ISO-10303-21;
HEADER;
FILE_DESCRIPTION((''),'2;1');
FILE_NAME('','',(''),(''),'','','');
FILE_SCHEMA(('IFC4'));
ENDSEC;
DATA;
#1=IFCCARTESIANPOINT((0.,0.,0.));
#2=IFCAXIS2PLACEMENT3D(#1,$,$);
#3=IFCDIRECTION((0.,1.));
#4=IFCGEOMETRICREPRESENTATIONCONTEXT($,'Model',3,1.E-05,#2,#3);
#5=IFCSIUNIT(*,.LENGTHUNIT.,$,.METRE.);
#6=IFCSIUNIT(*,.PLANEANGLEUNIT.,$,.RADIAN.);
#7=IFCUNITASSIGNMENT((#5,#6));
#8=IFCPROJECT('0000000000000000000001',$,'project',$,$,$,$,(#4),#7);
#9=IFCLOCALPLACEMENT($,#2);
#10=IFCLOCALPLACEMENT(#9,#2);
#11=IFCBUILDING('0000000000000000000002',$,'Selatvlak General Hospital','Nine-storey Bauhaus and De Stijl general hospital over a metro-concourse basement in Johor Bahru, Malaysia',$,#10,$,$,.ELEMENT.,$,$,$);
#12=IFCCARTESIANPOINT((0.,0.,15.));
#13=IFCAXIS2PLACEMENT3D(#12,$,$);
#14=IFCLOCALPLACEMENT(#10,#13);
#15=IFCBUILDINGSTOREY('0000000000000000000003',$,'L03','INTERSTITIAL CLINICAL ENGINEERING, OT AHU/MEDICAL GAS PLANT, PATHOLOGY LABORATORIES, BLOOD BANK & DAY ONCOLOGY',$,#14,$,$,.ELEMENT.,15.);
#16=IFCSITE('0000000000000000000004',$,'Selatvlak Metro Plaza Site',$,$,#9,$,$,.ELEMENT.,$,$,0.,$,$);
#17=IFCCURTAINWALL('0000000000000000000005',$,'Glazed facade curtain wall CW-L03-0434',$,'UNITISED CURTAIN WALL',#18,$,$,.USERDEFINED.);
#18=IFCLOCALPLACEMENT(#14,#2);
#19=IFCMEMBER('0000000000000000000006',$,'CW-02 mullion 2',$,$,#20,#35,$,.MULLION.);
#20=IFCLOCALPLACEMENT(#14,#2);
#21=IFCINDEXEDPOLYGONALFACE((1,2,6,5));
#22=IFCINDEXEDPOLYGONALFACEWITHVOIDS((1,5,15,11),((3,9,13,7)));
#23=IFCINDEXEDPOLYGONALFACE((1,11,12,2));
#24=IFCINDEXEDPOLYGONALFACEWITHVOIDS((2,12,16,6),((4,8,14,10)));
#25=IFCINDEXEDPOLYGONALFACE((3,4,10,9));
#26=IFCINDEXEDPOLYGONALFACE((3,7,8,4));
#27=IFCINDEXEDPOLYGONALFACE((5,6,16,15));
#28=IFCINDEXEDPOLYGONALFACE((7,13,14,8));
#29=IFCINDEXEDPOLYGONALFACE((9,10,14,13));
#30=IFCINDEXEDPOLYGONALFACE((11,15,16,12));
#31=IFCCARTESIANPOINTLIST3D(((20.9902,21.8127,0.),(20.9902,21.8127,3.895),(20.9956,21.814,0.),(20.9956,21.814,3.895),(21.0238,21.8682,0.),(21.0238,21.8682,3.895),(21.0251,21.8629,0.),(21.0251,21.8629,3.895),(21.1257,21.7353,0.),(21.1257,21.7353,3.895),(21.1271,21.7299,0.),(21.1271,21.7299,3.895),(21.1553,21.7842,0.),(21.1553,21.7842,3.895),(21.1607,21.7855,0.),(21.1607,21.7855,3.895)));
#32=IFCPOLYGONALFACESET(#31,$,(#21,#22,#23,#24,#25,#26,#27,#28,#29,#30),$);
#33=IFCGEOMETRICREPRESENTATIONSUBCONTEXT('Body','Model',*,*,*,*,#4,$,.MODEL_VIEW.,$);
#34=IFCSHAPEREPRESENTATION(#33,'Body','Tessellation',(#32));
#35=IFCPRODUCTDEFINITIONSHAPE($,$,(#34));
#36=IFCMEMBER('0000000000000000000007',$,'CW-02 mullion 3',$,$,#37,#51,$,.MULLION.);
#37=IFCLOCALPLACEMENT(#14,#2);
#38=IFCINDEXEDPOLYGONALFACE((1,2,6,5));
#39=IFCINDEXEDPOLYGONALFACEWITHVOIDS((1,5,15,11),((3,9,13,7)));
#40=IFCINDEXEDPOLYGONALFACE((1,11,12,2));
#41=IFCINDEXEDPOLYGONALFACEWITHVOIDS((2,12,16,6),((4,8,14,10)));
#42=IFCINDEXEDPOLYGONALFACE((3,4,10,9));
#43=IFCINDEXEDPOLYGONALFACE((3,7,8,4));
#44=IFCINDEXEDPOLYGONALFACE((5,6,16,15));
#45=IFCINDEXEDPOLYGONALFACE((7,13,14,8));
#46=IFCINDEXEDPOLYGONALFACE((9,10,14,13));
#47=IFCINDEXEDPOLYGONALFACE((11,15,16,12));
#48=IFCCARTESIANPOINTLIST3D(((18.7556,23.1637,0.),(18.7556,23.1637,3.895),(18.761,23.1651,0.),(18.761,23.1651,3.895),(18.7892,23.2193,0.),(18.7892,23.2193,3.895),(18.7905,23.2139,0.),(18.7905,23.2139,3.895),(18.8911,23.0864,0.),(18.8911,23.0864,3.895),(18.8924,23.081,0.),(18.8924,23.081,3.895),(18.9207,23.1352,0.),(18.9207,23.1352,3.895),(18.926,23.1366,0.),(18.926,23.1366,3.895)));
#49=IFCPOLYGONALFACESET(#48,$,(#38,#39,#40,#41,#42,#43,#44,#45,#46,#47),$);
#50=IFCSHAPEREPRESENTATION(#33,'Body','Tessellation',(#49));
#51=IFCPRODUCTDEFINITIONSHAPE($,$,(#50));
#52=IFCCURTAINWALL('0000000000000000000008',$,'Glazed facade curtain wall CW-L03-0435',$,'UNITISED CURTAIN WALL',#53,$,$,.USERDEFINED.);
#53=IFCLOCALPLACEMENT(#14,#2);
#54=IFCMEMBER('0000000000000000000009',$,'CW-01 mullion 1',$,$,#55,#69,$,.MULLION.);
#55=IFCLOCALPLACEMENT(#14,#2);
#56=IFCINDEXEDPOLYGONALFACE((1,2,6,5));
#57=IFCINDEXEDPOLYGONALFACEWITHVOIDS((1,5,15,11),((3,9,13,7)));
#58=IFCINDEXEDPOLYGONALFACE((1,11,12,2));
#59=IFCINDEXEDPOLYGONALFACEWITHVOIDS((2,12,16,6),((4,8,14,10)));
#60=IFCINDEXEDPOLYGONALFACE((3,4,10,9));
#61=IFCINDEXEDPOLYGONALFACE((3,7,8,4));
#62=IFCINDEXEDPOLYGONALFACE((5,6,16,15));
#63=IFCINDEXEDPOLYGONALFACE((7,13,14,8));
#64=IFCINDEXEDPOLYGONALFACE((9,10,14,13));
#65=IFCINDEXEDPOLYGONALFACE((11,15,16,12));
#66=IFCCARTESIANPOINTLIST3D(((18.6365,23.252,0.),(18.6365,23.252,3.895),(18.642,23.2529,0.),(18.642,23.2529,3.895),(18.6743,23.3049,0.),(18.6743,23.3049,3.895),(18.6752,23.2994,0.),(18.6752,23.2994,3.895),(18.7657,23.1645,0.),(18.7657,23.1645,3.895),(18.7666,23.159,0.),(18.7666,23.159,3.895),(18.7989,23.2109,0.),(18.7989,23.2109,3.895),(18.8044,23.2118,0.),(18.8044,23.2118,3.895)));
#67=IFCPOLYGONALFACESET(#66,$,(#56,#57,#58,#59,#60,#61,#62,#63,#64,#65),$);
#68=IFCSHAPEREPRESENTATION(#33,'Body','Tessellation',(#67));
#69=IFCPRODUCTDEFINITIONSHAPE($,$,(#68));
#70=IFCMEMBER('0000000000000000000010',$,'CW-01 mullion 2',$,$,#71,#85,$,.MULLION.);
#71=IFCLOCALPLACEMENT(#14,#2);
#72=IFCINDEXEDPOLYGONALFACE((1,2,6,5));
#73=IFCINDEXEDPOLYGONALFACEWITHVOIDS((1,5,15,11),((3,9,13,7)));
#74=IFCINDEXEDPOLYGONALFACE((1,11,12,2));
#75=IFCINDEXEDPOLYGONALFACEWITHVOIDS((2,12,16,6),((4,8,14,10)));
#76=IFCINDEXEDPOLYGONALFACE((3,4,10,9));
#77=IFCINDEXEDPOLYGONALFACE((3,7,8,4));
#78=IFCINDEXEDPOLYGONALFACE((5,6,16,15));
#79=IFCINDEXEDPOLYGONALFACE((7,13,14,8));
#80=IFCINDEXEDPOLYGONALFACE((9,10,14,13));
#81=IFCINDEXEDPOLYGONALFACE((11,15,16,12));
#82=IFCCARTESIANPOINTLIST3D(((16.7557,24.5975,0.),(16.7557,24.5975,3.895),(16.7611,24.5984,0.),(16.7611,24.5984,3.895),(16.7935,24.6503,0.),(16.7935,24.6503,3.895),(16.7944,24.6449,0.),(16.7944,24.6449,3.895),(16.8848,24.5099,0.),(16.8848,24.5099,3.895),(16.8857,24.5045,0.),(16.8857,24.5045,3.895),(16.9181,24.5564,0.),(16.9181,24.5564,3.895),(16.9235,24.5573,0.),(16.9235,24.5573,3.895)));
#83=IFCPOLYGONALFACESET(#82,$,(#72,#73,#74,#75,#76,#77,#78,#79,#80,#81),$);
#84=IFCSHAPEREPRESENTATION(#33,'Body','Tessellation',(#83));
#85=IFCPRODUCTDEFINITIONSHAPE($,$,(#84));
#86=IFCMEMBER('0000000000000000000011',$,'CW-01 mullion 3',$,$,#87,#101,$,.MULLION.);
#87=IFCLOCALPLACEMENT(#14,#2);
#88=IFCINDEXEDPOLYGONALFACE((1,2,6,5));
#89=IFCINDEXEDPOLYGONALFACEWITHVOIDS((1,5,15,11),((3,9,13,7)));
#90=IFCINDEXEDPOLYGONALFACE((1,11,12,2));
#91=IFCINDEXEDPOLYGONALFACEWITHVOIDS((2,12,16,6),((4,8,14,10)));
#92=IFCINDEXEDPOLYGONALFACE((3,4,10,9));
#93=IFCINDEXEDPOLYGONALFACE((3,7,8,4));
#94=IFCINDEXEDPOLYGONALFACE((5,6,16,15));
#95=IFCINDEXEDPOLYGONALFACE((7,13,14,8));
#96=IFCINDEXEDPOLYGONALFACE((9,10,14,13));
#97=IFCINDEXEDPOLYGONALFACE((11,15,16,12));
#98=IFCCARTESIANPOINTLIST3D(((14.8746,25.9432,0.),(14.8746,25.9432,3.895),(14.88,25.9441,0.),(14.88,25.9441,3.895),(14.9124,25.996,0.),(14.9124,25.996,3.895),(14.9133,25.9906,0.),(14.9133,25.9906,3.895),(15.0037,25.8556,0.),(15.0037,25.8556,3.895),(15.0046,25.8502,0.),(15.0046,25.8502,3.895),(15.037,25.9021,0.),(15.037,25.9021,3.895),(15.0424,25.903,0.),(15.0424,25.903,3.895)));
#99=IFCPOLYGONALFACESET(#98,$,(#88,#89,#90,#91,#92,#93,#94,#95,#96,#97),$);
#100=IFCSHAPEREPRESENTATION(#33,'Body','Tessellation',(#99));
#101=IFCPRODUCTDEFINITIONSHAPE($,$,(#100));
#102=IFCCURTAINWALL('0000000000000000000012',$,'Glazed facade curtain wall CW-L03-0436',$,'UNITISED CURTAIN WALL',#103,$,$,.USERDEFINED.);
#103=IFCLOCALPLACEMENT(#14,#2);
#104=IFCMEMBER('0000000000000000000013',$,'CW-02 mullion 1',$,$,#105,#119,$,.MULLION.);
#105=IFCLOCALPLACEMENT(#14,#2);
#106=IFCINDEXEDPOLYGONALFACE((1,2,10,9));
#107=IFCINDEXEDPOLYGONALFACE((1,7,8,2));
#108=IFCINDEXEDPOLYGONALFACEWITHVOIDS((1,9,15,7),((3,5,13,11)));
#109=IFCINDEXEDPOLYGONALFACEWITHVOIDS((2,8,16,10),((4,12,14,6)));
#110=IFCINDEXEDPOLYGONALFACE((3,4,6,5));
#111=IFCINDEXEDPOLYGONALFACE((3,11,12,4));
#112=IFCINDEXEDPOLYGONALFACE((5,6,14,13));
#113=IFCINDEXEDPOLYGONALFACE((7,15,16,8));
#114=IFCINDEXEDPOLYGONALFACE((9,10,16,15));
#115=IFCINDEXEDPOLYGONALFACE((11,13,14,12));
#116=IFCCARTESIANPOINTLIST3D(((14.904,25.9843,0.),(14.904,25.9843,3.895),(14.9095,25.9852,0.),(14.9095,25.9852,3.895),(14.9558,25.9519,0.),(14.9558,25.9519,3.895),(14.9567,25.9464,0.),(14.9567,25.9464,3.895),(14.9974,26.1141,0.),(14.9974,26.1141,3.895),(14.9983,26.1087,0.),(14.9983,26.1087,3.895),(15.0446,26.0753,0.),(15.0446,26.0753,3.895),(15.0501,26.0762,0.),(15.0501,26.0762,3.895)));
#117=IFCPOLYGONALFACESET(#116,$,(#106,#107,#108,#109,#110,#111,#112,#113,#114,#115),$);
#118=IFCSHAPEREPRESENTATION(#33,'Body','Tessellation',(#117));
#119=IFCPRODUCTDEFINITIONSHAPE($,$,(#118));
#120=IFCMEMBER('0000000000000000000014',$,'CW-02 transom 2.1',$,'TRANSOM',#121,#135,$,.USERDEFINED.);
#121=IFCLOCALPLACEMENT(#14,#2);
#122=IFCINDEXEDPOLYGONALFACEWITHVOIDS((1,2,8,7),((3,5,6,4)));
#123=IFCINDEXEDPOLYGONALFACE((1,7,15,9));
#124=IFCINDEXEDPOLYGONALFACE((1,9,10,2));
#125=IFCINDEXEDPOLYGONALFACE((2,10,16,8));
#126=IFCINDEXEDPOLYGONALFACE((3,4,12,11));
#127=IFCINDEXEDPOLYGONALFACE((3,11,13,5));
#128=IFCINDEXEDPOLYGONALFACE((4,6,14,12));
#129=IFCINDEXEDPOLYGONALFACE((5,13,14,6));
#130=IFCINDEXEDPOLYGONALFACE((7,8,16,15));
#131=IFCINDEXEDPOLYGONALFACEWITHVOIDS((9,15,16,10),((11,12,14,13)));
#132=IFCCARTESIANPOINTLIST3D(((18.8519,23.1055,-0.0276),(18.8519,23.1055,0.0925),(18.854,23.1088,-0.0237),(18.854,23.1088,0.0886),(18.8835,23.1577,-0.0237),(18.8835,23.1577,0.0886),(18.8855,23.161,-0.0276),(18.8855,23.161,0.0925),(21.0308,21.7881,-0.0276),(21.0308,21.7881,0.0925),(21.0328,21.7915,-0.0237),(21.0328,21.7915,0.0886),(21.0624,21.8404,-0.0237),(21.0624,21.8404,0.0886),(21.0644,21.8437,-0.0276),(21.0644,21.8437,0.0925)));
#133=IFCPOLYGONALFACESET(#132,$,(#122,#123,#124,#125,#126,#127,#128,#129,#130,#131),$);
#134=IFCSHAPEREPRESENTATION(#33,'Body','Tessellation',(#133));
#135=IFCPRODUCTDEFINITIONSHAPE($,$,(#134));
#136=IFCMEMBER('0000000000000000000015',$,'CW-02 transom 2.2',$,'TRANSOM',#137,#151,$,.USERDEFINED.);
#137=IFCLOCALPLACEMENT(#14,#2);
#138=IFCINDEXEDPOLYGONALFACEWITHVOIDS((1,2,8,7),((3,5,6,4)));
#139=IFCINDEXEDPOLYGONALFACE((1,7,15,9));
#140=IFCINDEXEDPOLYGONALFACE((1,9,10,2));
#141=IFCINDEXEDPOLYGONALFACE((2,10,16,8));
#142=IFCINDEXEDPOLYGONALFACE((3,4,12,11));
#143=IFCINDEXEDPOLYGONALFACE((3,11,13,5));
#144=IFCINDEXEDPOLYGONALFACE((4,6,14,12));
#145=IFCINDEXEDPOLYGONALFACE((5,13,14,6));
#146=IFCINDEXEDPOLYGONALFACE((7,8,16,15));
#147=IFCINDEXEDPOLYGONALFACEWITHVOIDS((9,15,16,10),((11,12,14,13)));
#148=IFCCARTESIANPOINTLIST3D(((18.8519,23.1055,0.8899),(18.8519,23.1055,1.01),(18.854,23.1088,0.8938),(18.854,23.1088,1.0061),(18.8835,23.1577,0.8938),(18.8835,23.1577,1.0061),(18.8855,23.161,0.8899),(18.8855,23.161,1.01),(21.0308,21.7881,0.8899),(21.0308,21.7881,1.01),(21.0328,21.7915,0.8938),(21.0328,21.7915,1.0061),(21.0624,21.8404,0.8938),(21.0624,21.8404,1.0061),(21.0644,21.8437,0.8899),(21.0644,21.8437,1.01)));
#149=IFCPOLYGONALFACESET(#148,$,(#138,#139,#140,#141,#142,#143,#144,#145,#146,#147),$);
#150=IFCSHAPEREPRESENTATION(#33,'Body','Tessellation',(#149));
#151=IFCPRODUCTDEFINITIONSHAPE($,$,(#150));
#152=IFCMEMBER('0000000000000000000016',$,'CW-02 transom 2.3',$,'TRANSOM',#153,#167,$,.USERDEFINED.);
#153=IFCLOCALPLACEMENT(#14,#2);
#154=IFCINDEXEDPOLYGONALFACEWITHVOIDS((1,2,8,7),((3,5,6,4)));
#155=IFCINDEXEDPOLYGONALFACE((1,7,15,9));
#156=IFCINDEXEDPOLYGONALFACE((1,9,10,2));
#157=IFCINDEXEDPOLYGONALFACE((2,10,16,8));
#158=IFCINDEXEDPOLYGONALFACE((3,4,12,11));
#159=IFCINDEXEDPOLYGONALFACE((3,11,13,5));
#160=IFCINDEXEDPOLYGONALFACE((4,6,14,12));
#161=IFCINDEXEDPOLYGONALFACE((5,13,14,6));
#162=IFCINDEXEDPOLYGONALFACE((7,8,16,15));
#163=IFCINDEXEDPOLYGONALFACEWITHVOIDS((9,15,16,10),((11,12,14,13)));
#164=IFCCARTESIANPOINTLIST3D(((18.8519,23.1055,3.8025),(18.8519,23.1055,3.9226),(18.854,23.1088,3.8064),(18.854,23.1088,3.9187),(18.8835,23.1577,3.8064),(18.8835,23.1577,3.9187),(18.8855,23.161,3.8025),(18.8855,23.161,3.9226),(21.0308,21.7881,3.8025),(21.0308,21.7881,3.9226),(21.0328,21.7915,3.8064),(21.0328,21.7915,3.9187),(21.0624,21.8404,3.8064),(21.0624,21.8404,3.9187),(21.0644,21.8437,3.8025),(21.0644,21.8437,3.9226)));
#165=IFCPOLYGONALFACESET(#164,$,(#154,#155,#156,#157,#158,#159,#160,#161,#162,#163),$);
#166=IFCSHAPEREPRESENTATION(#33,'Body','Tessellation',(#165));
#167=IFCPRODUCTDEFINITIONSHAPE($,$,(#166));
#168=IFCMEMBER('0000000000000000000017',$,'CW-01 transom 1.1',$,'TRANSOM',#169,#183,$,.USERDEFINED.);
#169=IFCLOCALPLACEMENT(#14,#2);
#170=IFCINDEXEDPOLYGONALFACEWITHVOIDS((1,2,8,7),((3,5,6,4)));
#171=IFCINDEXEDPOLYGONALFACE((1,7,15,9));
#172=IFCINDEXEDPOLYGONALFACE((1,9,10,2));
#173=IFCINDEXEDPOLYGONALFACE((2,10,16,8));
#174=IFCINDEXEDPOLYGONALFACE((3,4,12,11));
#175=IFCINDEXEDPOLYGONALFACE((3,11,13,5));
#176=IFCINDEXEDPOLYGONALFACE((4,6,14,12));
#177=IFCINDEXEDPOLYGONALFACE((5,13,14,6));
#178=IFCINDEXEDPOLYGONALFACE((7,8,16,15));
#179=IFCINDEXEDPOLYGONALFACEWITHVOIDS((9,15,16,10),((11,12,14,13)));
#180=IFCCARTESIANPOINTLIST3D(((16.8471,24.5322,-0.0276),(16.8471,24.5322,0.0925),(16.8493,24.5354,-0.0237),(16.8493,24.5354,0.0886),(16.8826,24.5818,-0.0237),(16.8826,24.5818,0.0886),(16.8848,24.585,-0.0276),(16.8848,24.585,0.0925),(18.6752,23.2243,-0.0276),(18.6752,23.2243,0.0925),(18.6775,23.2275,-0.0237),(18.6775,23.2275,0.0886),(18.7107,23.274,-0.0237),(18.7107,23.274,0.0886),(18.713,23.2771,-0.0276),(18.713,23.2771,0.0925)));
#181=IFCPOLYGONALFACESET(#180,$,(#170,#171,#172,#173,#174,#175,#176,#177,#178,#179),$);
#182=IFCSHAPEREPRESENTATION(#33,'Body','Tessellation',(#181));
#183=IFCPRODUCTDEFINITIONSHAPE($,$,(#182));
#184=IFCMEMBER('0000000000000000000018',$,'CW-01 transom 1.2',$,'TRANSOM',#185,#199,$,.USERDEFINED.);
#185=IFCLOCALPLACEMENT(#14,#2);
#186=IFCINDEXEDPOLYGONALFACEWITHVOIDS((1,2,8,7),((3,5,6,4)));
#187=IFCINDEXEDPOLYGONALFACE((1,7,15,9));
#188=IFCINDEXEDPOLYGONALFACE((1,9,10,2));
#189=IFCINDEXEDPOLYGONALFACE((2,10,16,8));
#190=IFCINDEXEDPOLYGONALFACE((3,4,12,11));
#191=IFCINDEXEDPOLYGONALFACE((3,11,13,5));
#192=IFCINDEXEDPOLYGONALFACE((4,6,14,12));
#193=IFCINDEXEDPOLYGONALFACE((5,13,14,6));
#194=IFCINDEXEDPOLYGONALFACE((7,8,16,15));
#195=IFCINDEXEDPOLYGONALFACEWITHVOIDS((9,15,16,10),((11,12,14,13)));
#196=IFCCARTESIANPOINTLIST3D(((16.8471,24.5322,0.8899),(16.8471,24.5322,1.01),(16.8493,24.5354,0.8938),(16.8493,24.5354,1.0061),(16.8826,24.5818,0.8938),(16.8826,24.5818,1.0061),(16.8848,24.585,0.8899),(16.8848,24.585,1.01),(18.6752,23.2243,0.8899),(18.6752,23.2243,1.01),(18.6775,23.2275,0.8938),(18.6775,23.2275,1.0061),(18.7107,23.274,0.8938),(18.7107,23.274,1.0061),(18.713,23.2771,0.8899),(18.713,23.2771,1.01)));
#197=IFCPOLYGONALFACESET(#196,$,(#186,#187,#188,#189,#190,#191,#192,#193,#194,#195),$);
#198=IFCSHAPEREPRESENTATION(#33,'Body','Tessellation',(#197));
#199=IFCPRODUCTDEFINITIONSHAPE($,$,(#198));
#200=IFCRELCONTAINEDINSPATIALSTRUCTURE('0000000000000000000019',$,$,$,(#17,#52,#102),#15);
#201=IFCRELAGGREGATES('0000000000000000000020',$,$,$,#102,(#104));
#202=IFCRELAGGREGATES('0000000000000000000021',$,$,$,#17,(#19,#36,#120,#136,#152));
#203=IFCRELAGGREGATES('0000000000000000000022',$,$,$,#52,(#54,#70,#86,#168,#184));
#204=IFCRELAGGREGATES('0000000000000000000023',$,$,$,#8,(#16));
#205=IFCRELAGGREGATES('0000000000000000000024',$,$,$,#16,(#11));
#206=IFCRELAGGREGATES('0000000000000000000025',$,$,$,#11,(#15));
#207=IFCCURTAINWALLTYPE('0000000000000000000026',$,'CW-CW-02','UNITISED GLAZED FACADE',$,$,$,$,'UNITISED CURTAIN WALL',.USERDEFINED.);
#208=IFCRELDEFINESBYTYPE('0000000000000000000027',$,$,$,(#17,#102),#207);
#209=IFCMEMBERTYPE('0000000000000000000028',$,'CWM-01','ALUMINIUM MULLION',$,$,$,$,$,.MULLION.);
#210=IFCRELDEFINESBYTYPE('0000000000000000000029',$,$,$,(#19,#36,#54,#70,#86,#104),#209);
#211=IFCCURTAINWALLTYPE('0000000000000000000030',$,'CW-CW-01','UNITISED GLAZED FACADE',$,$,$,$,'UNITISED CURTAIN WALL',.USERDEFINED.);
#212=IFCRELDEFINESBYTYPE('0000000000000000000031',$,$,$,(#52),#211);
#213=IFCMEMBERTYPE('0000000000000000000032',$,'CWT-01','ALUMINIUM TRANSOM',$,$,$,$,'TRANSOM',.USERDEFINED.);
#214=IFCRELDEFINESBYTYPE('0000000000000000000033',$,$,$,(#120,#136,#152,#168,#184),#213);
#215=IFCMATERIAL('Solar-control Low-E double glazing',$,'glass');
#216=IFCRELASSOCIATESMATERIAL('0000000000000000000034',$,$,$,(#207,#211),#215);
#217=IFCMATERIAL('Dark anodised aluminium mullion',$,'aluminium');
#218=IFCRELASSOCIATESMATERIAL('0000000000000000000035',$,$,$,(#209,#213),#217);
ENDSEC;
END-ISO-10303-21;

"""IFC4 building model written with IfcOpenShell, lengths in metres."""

from ifc_helpers import new_model, si_unit, direction, frame, origin, origin_2d, place, context, subcontext, project, spatial, hollow_rectangle, extrude, material, material_profile, profile_set, type_object, element, aggregate, save


model = new_model("IFC4")

# Units and contexts
model_context = context("Model", 3, precision=1e-05, world=origin(), true_north=direction((0.0, 1.0)))
body_context = subcontext(model_context, "Body", "Model", "MODEL_VIEW")
ifc_project = project(units=[si_unit("LENGTHUNIT", "METRE"), si_unit("PLANEANGLEUNIT", "RADIAN")], contexts=[model_context])

# Site, building, storey
site_placement = place(None, origin())
site = spatial("IfcSite", under=ifc_project, at=site_placement, Name="Selatvlak Metro Plaza Site", CompositionType="ELEMENT", RefElevation=0.0)
building_placement = place(site_placement, origin())
building = spatial("IfcBuilding", under=site, at=building_placement, Name="Selatvlak General Hospital", Description="Nine-storey Bauhaus and De Stijl general hospital over a metro-concourse basement in Johor Bahru, Malaysia", CompositionType="ELEMENT")
storey_placement = place(building_placement, frame((0.0, 0.0, 15.0)))
storey = spatial("IfcBuildingStorey", under=building, at=storey_placement, Name="L03", Description="INTERSTITIAL CLINICAL ENGINEERING, OT AHU/MEDICAL GAS PLANT, PATHOLOGY LABORATORIES, BLOOD BANK & DAY ONCOLOGY", CompositionType="ELEMENT", Elevation=15.0)

# Curtain walls, members
ifc_material_1 = material(Name="Solar-control Low-E double glazing", Category="glass")
curtain_wall_type_1 = type_object("IfcCurtainWallType", Name="CW-CW-02", Description="UNITISED GLAZED FACADE", ElementType="UNITISED CURTAIN WALL", PredefinedType="USERDEFINED", material=ifc_material_1)
curtain_wall_1_placement = place(storey_placement, origin())
curtain_wall_1 = element("IfcCurtainWall", 1, at=curtain_wall_1_placement, inside=storey, type_object=curtain_wall_type_1, Name="Glazed facade curtain wall CW-L03-0434", ObjectType="UNITISED CURTAIN WALL", PredefinedType="USERDEFINED")
ifc_material_2 = material(Name="Dark anodised aluminium mullion", Category="aluminium")
ifc_material_profile_1 = material_profile(ifc_material_2, hollow_rectangle(XDim=0.0649, YDim=0.1599, WallThickness=0.0039, at=origin_2d()), Name="AL-MUL 65x160x4")
ifc_profile_set_1 = profile_set([ifc_material_profile_1], Name="Dark anodised aluminium mullion")
member_type_1 = type_object("IfcMemberType", Name="CWM-01", Description="ALUMINIUM MULLION", PredefinedType="MULLION", material=ifc_profile_set_1)
member_1_placement = place(storey_placement, frame((21.0754, 21.7991, 0.0), z_axis=(0.0, 0.0, 1.0), x_axis=(-0.517413, -0.855736, 0.0)))
member_1 = element("IfcMember", 2, at=member_1_placement, type_object=member_type_1, Name="CW-02 mullion 2", PredefinedType="MULLION", context=body_context, shape_type="SweptSolid", body=[
    extrude(hollow_rectangle(XDim=0.0649, YDim=0.1599, WallThickness=0.0039, at=origin_2d()), origin(), (0.0, 0.0, 1.0), 3.895),
])
member_2_placement = place(storey_placement, frame((18.8408, 23.1501, 0.0), z_axis=(0.0, 0.0, 1.0), x_axis=(-0.517413, -0.855736, 0.0)))
member_2 = element("IfcMember", 3, at=member_2_placement, type_object=member_type_1, Name="CW-02 mullion 3", PredefinedType="MULLION", context=body_context, shape_type="SweptSolid", body=[
    extrude(hollow_rectangle(XDim=0.0649, YDim=0.1599, WallThickness=0.0039, at=origin_2d()), origin(), (0.0, 0.0, 1.0), 3.895),
])
curtain_wall_type_2 = type_object("IfcCurtainWallType", Name="CW-CW-01", Description="UNITISED GLAZED FACADE", ElementType="UNITISED CURTAIN WALL", PredefinedType="USERDEFINED", material=ifc_material_1)
curtain_wall_2_placement = place(storey_placement, origin())
curtain_wall_2 = element("IfcCurtainWall", 4, at=curtain_wall_2_placement, inside=storey, type_object=curtain_wall_type_2, Name="Glazed facade curtain wall CW-L03-0435", ObjectType="UNITISED CURTAIN WALL", PredefinedType="USERDEFINED")
member_3_placement = place(storey_placement, frame((18.7205, 23.2319, 0.0), z_axis=(0.0, 0.0, 1.0), x_axis=(-0.581803, -0.81333, 0.0)))
member_3 = element("IfcMember", 5, at=member_3_placement, type_object=member_type_1, Name="CW-01 mullion 1", PredefinedType="MULLION", context=body_context, shape_type="SweptSolid", body=[
    extrude(hollow_rectangle(XDim=0.0649, YDim=0.1599, WallThickness=0.0039, at=origin_2d()), origin(), (0.0, 0.0, 1.0), 3.895),
])
member_4_placement = place(storey_placement, frame((16.8396, 24.5774, 0.0), z_axis=(0.0, 0.0, 1.0), x_axis=(-0.581803, -0.81333, 0.0)))
member_4 = element("IfcMember", 6, at=member_4_placement, type_object=member_type_1, Name="CW-01 mullion 2", PredefinedType="MULLION", context=body_context, shape_type="SweptSolid", body=[
    extrude(hollow_rectangle(XDim=0.0649, YDim=0.1599, WallThickness=0.0039, at=origin_2d()), origin(), (0.0, 0.0, 1.0), 3.895),
])
member_5_placement = place(storey_placement, frame((14.9585, 25.9231, 0.0), z_axis=(0.0, 0.0, 1.0), x_axis=(-0.581803, -0.81333, 0.0)))
member_5 = element("IfcMember", 7, at=member_5_placement, type_object=member_type_1, Name="CW-01 mullion 3", PredefinedType="MULLION", context=body_context, shape_type="SweptSolid", body=[
    extrude(hollow_rectangle(XDim=0.0649, YDim=0.1599, WallThickness=0.0039, at=origin_2d()), origin(), (0.0, 0.0, 1.0), 3.895),
])

# Curtain wall, member
curtain_wall_3_placement = place(storey_placement, origin())
curtain_wall_3 = element("IfcCurtainWall", 8, at=curtain_wall_3_placement, inside=storey, type_object=curtain_wall_type_1, Name="Glazed facade curtain wall CW-L03-0436", ObjectType="UNITISED CURTAIN WALL", PredefinedType="USERDEFINED")
member_6_placement = place(storey_placement, frame((14.9771, 26.0303, 0.0), z_axis=(0.0, 0.0, 1.0), x_axis=(-0.811905, 0.58379, 0.0)))
member_6 = element("IfcMember", 9, at=member_6_placement, type_object=member_type_1, Name="CW-02 mullion 1", PredefinedType="MULLION", context=body_context, shape_type="SweptSolid", body=[
    extrude(hollow_rectangle(XDim=0.0649, YDim=0.1599, WallThickness=0.0039, at=origin_2d()), origin(), (0.0, 0.0, 1.0), 3.895),
])

# Members
ifc_material_profile_2 = material_profile(ifc_material_2, hollow_rectangle(XDim=0.0649, YDim=0.1201, WallThickness=0.0039, at=origin_2d()), Name="AL-TRN 65x120x4")
ifc_profile_set_2 = profile_set([ifc_material_profile_2], Name="Dark anodised aluminium mullion")
member_type_2 = type_object("IfcMemberType", Name="CWT-01", Description="ALUMINIUM TRANSOM", ElementType="TRANSOM", PredefinedType="USERDEFINED", material=ifc_profile_set_2)
member_7_placement = place(storey_placement, frame((21.0476, 21.8159, 0.0325), z_axis=(-0.855754, 0.517383, 0.0), x_axis=(-0.517383, -0.855754, 0.0)))
member_7 = element("IfcMember", 10, at=member_7_placement, type_object=member_type_2, Name="CW-02 transom 2.1", ObjectType="TRANSOM", PredefinedType="USERDEFINED", context=body_context, shape_type="SweptSolid", body=[
    extrude(hollow_rectangle(XDim=0.0649, YDim=0.1201, WallThickness=0.0039, at=origin_2d()), origin(), (0.0, 0.0, 1.0), 2.5461),
])
member_8_placement = place(storey_placement, frame((21.0476, 21.8159, 0.95), z_axis=(-0.855754, 0.517383, 0.0), x_axis=(-0.517383, -0.855754, 0.0)))
member_8 = element("IfcMember", 11, at=member_8_placement, type_object=member_type_2, Name="CW-02 transom 2.2", ObjectType="TRANSOM", PredefinedType="USERDEFINED", context=body_context, shape_type="SweptSolid", body=[
    extrude(hollow_rectangle(XDim=0.0649, YDim=0.1201, WallThickness=0.0039, at=origin_2d()), origin(), (0.0, 0.0, 1.0), 2.5461),
])
member_9_placement = place(storey_placement, frame((21.0476, 21.8159, 3.8625), z_axis=(-0.855754, 0.517383, 0.0), x_axis=(-0.517383, -0.855754, 0.0)))
member_9 = element("IfcMember", 12, at=member_9_placement, type_object=member_type_2, Name="CW-02 transom 2.3", ObjectType="TRANSOM", PredefinedType="USERDEFINED", context=body_context, shape_type="SweptSolid", body=[
    extrude(hollow_rectangle(XDim=0.0649, YDim=0.1201, WallThickness=0.0039, at=origin_2d()), origin(), (0.0, 0.0, 1.0), 2.5461),
])
member_10_placement = place(storey_placement, frame((18.6941, 23.2507, 0.0325), z_axis=(-0.8133, 0.581844, 0.0), x_axis=(-0.581844, -0.8133, 0.0)))
member_10 = element("IfcMember", 13, at=member_10_placement, type_object=member_type_2, Name="CW-01 transom 1.1", ObjectType="TRANSOM", PredefinedType="USERDEFINED", context=body_context, shape_type="SweptSolid", body=[
    extrude(hollow_rectangle(XDim=0.0649, YDim=0.1201, WallThickness=0.0039, at=origin_2d()), origin(), (0.0, 0.0, 1.0), 2.2478),
])
member_11_placement = place(storey_placement, frame((18.6941, 23.2507, 0.95), z_axis=(-0.8133, 0.581844, 0.0), x_axis=(-0.581844, -0.8133, 0.0)))
member_11 = element("IfcMember", 14, at=member_11_placement, type_object=member_type_2, Name="CW-01 transom 1.2", ObjectType="TRANSOM", PredefinedType="USERDEFINED", context=body_context, shape_type="SweptSolid", body=[
    extrude(hollow_rectangle(XDim=0.0649, YDim=0.1201, WallThickness=0.0039, at=origin_2d()), origin(), (0.0, 0.0, 1.0), 2.2478),
])
aggregate(curtain_wall_3, [member_6])

aggregate(curtain_wall_1, [member_1, member_2, member_7, member_8, member_9])
aggregate(curtain_wall_2, [member_3, member_4, member_5, member_10, member_11])

save(model, "model.ifc")
